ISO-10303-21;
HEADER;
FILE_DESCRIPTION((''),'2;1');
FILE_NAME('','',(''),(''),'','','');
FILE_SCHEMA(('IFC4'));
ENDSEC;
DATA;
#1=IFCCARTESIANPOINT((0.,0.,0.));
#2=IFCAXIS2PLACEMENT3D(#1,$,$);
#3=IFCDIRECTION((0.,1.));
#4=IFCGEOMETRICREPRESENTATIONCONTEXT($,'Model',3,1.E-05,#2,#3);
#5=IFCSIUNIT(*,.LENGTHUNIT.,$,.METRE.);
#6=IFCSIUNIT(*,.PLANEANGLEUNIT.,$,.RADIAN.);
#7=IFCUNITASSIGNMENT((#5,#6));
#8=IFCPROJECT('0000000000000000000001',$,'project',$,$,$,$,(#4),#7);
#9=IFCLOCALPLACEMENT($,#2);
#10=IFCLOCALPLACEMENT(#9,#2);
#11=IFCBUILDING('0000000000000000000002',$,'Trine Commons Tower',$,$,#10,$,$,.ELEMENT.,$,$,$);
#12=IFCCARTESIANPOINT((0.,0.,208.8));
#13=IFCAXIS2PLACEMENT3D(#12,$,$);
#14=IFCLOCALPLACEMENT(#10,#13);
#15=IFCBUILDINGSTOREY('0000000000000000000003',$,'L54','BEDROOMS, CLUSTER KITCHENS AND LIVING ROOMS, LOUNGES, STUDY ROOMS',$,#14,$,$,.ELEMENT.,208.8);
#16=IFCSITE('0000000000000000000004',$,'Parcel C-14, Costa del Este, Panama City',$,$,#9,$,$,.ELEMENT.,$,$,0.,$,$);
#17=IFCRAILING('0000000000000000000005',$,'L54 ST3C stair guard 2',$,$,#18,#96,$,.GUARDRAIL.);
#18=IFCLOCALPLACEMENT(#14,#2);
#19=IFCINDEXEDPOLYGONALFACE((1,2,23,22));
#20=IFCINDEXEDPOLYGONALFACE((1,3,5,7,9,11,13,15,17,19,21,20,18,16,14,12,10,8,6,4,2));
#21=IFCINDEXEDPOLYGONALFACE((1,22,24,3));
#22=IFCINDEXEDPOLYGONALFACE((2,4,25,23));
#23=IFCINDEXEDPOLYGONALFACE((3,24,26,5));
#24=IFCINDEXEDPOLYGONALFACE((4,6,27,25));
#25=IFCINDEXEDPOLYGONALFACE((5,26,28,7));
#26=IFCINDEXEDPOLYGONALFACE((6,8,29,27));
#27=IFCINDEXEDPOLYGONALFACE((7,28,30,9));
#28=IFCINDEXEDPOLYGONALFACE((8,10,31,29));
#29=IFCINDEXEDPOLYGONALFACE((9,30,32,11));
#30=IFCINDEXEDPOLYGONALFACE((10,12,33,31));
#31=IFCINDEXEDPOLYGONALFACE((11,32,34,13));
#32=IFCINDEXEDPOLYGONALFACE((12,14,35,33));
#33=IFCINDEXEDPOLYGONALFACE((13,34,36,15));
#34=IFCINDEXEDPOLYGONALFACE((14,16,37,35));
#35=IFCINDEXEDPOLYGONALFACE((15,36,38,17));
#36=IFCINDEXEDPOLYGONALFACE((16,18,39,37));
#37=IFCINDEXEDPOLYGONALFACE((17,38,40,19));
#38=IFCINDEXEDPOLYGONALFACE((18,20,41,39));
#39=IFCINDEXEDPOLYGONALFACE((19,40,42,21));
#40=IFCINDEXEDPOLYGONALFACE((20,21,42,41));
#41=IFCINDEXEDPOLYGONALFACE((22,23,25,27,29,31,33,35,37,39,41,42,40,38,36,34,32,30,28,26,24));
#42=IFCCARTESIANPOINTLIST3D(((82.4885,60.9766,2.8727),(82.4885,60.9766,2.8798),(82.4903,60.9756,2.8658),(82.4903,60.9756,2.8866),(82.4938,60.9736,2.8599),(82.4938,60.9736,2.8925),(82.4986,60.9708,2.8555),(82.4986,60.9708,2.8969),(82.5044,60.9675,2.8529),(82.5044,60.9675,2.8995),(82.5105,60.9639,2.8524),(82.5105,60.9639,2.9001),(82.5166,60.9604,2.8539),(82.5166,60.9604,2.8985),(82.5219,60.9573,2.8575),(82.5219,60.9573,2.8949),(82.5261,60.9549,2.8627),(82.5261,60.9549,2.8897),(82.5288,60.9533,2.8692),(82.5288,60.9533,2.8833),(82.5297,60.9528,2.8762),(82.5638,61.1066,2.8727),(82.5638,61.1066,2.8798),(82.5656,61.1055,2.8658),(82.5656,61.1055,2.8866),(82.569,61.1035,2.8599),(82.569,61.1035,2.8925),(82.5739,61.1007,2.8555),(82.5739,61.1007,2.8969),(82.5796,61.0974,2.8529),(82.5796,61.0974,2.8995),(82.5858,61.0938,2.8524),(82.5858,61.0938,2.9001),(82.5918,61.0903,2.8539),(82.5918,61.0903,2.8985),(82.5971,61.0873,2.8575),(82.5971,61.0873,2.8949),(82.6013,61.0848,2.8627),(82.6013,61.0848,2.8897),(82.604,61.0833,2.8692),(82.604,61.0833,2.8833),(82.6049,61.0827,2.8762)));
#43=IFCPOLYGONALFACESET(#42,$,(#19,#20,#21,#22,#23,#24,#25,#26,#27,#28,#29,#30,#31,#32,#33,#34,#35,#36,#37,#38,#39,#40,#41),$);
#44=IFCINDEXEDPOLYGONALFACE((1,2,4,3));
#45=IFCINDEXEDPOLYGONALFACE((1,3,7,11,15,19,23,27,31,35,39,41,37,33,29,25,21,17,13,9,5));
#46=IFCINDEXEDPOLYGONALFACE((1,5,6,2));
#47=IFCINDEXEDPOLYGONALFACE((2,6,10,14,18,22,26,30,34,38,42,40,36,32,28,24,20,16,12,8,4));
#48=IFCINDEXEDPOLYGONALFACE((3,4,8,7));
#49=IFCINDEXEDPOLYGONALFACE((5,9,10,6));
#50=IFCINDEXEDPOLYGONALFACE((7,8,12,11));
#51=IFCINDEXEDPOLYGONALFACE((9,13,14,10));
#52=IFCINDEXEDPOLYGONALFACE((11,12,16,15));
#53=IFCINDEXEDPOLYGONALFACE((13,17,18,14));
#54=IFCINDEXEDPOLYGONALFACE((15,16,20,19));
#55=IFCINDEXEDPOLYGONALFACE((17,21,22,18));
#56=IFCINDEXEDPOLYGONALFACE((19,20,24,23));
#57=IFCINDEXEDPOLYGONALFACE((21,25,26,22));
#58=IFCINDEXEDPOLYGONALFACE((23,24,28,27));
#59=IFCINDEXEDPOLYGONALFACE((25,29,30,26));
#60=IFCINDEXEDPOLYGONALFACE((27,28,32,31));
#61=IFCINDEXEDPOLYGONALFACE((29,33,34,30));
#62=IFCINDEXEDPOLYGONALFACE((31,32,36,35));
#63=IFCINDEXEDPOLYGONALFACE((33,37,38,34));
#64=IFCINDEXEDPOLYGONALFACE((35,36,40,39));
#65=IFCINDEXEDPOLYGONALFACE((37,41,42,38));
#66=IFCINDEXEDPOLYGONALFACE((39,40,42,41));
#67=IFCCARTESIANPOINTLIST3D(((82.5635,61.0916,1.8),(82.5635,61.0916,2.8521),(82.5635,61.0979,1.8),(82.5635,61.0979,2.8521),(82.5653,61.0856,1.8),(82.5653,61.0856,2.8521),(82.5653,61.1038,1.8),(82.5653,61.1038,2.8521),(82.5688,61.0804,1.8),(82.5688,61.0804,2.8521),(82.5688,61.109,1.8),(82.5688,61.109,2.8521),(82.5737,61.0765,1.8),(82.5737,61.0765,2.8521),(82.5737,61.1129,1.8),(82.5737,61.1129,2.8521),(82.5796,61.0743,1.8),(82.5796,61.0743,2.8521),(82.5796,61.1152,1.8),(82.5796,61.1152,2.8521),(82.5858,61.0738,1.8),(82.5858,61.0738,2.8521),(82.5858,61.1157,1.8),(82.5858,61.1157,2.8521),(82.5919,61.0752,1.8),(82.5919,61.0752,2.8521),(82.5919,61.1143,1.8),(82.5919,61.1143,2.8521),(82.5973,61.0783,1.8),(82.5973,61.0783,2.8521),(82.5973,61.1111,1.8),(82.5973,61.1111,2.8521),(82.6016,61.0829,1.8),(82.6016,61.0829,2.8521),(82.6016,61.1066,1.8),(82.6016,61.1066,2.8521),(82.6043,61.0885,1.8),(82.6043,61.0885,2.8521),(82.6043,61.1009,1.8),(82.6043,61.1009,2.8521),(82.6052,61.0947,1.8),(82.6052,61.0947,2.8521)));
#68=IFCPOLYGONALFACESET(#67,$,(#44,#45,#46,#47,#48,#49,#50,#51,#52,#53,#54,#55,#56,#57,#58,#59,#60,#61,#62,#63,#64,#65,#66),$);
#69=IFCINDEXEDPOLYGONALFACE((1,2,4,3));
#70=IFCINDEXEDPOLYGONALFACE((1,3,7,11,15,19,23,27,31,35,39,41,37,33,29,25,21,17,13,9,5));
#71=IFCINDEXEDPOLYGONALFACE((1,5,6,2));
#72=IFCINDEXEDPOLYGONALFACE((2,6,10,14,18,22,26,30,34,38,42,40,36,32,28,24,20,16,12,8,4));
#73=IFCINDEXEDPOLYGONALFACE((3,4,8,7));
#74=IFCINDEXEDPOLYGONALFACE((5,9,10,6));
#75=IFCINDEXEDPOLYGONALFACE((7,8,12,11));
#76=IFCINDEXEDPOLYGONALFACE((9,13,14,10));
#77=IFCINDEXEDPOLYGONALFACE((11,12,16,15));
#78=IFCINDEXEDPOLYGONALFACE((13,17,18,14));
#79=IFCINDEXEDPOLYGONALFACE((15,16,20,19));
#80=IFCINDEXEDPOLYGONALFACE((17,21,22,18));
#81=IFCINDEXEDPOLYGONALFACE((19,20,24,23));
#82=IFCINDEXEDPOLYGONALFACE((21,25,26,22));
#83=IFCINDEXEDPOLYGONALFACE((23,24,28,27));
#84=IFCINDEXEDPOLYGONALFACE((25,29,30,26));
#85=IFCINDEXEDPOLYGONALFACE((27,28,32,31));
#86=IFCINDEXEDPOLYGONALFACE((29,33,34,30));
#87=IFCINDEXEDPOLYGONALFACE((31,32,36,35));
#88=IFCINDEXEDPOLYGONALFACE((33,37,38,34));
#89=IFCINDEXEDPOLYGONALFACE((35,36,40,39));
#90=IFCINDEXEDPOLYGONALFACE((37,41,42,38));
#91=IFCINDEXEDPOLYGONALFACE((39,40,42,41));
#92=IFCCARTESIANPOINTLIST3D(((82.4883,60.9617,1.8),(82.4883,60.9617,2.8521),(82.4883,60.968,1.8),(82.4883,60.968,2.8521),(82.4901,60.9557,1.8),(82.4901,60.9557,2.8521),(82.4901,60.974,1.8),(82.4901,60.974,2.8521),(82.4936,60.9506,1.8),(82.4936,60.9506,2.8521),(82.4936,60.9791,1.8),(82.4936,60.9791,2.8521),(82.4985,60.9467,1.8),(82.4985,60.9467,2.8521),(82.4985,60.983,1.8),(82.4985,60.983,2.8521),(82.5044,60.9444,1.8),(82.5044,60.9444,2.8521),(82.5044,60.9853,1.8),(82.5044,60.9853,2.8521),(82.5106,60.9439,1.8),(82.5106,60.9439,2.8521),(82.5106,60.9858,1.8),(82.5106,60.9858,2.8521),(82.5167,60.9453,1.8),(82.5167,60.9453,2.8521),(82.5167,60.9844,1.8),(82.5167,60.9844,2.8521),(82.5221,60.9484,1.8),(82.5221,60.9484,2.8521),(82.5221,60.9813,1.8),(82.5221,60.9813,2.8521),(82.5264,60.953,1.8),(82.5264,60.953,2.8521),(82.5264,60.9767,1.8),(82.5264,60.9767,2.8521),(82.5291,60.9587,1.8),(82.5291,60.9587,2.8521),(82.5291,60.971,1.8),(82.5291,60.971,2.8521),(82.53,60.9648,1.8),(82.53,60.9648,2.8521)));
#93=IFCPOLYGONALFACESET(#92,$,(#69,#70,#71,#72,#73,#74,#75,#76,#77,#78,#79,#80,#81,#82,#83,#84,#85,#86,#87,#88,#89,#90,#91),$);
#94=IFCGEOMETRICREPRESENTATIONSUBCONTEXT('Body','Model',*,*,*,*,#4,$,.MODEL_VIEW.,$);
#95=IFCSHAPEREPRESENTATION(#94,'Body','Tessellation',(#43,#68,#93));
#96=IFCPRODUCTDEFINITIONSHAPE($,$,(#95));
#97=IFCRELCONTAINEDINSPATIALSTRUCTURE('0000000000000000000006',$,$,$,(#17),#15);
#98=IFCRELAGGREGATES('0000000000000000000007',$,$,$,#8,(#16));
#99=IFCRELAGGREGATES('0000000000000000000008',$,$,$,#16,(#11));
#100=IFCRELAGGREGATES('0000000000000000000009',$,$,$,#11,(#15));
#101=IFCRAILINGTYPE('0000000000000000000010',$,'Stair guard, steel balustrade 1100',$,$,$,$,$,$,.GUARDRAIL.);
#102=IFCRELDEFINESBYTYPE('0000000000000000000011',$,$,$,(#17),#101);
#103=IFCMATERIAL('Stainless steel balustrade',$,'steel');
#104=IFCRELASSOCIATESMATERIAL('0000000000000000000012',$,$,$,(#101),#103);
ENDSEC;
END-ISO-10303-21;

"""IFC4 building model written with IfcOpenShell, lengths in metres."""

from ifc_helpers import new_model, si_unit, direction, frame, origin, origin_2d, place, context, subcontext, project, spatial, circle, extrude, material, type_object, element, save


model = new_model("IFC4")

# Units and contexts
model_context = context("Model", 3, precision=1e-05, world=origin(), true_north=direction((0.0, 1.0)))
body_context = subcontext(model_context, "Body", "Model", "MODEL_VIEW")
ifc_project = project(units=[si_unit("LENGTHUNIT", "METRE"), si_unit("PLANEANGLEUNIT", "RADIAN")], contexts=[model_context])

# Site, building, storey
site_placement = place(None, origin())
site = spatial("IfcSite", under=ifc_project, at=site_placement, Name="Parcel C-14, Costa del Este, Panama City", CompositionType="ELEMENT", RefElevation=0.0)
building_placement = place(site_placement, origin())
building = spatial("IfcBuilding", under=site, at=building_placement, Name="Trine Commons Tower", CompositionType="ELEMENT")
storey_placement = place(building_placement, frame((0.0, 0.0, 208.8)))
storey = spatial("IfcBuildingStorey", under=building, at=storey_placement, Name="L54", Description="BEDROOMS, CLUSTER KITCHENS AND LIVING ROOMS, LOUNGES, STUDY ROOMS", CompositionType="ELEMENT", Elevation=208.8)

# Railing
ifc_material_1 = material(Name="Stainless steel balustrade", Category="steel")
railing_type_1 = type_object("IfcRailingType", Name="Stair guard, steel balustrade 1100", PredefinedType="GUARDRAIL", material=ifc_material_1)
railing_1_placement = place(storey_placement, frame((82.5842, 61.0947, 1.8)))
element("IfcRailing", 1, at=railing_1_placement, inside=storey, type_object=railing_type_1, Name="L54 ST3C stair guard 2", PredefinedType="GUARDRAIL", context=body_context, shape_type="SweptSolid", body=[
    extrude(circle(Radius=0.0239, at=origin_2d()), frame((0.0, 0.0, 1.0762), z_axis=(-0.501036, -0.865426, 0.0), x_axis=(0.865426, -0.501036, 0.0)), (0.0, 0.0, 1.0), 0.1501),
    extrude(circle(Radius=0.021, at=origin_2d()), origin(), (0.0, 0.0, 1.0), 1.052),
    extrude(circle(Radius=0.021, at=origin_2d()), frame((-0.0752, -0.1299, 0.0)), (0.0, 0.0, 1.0), 1.052),
])

save(model, "model.ifc")
